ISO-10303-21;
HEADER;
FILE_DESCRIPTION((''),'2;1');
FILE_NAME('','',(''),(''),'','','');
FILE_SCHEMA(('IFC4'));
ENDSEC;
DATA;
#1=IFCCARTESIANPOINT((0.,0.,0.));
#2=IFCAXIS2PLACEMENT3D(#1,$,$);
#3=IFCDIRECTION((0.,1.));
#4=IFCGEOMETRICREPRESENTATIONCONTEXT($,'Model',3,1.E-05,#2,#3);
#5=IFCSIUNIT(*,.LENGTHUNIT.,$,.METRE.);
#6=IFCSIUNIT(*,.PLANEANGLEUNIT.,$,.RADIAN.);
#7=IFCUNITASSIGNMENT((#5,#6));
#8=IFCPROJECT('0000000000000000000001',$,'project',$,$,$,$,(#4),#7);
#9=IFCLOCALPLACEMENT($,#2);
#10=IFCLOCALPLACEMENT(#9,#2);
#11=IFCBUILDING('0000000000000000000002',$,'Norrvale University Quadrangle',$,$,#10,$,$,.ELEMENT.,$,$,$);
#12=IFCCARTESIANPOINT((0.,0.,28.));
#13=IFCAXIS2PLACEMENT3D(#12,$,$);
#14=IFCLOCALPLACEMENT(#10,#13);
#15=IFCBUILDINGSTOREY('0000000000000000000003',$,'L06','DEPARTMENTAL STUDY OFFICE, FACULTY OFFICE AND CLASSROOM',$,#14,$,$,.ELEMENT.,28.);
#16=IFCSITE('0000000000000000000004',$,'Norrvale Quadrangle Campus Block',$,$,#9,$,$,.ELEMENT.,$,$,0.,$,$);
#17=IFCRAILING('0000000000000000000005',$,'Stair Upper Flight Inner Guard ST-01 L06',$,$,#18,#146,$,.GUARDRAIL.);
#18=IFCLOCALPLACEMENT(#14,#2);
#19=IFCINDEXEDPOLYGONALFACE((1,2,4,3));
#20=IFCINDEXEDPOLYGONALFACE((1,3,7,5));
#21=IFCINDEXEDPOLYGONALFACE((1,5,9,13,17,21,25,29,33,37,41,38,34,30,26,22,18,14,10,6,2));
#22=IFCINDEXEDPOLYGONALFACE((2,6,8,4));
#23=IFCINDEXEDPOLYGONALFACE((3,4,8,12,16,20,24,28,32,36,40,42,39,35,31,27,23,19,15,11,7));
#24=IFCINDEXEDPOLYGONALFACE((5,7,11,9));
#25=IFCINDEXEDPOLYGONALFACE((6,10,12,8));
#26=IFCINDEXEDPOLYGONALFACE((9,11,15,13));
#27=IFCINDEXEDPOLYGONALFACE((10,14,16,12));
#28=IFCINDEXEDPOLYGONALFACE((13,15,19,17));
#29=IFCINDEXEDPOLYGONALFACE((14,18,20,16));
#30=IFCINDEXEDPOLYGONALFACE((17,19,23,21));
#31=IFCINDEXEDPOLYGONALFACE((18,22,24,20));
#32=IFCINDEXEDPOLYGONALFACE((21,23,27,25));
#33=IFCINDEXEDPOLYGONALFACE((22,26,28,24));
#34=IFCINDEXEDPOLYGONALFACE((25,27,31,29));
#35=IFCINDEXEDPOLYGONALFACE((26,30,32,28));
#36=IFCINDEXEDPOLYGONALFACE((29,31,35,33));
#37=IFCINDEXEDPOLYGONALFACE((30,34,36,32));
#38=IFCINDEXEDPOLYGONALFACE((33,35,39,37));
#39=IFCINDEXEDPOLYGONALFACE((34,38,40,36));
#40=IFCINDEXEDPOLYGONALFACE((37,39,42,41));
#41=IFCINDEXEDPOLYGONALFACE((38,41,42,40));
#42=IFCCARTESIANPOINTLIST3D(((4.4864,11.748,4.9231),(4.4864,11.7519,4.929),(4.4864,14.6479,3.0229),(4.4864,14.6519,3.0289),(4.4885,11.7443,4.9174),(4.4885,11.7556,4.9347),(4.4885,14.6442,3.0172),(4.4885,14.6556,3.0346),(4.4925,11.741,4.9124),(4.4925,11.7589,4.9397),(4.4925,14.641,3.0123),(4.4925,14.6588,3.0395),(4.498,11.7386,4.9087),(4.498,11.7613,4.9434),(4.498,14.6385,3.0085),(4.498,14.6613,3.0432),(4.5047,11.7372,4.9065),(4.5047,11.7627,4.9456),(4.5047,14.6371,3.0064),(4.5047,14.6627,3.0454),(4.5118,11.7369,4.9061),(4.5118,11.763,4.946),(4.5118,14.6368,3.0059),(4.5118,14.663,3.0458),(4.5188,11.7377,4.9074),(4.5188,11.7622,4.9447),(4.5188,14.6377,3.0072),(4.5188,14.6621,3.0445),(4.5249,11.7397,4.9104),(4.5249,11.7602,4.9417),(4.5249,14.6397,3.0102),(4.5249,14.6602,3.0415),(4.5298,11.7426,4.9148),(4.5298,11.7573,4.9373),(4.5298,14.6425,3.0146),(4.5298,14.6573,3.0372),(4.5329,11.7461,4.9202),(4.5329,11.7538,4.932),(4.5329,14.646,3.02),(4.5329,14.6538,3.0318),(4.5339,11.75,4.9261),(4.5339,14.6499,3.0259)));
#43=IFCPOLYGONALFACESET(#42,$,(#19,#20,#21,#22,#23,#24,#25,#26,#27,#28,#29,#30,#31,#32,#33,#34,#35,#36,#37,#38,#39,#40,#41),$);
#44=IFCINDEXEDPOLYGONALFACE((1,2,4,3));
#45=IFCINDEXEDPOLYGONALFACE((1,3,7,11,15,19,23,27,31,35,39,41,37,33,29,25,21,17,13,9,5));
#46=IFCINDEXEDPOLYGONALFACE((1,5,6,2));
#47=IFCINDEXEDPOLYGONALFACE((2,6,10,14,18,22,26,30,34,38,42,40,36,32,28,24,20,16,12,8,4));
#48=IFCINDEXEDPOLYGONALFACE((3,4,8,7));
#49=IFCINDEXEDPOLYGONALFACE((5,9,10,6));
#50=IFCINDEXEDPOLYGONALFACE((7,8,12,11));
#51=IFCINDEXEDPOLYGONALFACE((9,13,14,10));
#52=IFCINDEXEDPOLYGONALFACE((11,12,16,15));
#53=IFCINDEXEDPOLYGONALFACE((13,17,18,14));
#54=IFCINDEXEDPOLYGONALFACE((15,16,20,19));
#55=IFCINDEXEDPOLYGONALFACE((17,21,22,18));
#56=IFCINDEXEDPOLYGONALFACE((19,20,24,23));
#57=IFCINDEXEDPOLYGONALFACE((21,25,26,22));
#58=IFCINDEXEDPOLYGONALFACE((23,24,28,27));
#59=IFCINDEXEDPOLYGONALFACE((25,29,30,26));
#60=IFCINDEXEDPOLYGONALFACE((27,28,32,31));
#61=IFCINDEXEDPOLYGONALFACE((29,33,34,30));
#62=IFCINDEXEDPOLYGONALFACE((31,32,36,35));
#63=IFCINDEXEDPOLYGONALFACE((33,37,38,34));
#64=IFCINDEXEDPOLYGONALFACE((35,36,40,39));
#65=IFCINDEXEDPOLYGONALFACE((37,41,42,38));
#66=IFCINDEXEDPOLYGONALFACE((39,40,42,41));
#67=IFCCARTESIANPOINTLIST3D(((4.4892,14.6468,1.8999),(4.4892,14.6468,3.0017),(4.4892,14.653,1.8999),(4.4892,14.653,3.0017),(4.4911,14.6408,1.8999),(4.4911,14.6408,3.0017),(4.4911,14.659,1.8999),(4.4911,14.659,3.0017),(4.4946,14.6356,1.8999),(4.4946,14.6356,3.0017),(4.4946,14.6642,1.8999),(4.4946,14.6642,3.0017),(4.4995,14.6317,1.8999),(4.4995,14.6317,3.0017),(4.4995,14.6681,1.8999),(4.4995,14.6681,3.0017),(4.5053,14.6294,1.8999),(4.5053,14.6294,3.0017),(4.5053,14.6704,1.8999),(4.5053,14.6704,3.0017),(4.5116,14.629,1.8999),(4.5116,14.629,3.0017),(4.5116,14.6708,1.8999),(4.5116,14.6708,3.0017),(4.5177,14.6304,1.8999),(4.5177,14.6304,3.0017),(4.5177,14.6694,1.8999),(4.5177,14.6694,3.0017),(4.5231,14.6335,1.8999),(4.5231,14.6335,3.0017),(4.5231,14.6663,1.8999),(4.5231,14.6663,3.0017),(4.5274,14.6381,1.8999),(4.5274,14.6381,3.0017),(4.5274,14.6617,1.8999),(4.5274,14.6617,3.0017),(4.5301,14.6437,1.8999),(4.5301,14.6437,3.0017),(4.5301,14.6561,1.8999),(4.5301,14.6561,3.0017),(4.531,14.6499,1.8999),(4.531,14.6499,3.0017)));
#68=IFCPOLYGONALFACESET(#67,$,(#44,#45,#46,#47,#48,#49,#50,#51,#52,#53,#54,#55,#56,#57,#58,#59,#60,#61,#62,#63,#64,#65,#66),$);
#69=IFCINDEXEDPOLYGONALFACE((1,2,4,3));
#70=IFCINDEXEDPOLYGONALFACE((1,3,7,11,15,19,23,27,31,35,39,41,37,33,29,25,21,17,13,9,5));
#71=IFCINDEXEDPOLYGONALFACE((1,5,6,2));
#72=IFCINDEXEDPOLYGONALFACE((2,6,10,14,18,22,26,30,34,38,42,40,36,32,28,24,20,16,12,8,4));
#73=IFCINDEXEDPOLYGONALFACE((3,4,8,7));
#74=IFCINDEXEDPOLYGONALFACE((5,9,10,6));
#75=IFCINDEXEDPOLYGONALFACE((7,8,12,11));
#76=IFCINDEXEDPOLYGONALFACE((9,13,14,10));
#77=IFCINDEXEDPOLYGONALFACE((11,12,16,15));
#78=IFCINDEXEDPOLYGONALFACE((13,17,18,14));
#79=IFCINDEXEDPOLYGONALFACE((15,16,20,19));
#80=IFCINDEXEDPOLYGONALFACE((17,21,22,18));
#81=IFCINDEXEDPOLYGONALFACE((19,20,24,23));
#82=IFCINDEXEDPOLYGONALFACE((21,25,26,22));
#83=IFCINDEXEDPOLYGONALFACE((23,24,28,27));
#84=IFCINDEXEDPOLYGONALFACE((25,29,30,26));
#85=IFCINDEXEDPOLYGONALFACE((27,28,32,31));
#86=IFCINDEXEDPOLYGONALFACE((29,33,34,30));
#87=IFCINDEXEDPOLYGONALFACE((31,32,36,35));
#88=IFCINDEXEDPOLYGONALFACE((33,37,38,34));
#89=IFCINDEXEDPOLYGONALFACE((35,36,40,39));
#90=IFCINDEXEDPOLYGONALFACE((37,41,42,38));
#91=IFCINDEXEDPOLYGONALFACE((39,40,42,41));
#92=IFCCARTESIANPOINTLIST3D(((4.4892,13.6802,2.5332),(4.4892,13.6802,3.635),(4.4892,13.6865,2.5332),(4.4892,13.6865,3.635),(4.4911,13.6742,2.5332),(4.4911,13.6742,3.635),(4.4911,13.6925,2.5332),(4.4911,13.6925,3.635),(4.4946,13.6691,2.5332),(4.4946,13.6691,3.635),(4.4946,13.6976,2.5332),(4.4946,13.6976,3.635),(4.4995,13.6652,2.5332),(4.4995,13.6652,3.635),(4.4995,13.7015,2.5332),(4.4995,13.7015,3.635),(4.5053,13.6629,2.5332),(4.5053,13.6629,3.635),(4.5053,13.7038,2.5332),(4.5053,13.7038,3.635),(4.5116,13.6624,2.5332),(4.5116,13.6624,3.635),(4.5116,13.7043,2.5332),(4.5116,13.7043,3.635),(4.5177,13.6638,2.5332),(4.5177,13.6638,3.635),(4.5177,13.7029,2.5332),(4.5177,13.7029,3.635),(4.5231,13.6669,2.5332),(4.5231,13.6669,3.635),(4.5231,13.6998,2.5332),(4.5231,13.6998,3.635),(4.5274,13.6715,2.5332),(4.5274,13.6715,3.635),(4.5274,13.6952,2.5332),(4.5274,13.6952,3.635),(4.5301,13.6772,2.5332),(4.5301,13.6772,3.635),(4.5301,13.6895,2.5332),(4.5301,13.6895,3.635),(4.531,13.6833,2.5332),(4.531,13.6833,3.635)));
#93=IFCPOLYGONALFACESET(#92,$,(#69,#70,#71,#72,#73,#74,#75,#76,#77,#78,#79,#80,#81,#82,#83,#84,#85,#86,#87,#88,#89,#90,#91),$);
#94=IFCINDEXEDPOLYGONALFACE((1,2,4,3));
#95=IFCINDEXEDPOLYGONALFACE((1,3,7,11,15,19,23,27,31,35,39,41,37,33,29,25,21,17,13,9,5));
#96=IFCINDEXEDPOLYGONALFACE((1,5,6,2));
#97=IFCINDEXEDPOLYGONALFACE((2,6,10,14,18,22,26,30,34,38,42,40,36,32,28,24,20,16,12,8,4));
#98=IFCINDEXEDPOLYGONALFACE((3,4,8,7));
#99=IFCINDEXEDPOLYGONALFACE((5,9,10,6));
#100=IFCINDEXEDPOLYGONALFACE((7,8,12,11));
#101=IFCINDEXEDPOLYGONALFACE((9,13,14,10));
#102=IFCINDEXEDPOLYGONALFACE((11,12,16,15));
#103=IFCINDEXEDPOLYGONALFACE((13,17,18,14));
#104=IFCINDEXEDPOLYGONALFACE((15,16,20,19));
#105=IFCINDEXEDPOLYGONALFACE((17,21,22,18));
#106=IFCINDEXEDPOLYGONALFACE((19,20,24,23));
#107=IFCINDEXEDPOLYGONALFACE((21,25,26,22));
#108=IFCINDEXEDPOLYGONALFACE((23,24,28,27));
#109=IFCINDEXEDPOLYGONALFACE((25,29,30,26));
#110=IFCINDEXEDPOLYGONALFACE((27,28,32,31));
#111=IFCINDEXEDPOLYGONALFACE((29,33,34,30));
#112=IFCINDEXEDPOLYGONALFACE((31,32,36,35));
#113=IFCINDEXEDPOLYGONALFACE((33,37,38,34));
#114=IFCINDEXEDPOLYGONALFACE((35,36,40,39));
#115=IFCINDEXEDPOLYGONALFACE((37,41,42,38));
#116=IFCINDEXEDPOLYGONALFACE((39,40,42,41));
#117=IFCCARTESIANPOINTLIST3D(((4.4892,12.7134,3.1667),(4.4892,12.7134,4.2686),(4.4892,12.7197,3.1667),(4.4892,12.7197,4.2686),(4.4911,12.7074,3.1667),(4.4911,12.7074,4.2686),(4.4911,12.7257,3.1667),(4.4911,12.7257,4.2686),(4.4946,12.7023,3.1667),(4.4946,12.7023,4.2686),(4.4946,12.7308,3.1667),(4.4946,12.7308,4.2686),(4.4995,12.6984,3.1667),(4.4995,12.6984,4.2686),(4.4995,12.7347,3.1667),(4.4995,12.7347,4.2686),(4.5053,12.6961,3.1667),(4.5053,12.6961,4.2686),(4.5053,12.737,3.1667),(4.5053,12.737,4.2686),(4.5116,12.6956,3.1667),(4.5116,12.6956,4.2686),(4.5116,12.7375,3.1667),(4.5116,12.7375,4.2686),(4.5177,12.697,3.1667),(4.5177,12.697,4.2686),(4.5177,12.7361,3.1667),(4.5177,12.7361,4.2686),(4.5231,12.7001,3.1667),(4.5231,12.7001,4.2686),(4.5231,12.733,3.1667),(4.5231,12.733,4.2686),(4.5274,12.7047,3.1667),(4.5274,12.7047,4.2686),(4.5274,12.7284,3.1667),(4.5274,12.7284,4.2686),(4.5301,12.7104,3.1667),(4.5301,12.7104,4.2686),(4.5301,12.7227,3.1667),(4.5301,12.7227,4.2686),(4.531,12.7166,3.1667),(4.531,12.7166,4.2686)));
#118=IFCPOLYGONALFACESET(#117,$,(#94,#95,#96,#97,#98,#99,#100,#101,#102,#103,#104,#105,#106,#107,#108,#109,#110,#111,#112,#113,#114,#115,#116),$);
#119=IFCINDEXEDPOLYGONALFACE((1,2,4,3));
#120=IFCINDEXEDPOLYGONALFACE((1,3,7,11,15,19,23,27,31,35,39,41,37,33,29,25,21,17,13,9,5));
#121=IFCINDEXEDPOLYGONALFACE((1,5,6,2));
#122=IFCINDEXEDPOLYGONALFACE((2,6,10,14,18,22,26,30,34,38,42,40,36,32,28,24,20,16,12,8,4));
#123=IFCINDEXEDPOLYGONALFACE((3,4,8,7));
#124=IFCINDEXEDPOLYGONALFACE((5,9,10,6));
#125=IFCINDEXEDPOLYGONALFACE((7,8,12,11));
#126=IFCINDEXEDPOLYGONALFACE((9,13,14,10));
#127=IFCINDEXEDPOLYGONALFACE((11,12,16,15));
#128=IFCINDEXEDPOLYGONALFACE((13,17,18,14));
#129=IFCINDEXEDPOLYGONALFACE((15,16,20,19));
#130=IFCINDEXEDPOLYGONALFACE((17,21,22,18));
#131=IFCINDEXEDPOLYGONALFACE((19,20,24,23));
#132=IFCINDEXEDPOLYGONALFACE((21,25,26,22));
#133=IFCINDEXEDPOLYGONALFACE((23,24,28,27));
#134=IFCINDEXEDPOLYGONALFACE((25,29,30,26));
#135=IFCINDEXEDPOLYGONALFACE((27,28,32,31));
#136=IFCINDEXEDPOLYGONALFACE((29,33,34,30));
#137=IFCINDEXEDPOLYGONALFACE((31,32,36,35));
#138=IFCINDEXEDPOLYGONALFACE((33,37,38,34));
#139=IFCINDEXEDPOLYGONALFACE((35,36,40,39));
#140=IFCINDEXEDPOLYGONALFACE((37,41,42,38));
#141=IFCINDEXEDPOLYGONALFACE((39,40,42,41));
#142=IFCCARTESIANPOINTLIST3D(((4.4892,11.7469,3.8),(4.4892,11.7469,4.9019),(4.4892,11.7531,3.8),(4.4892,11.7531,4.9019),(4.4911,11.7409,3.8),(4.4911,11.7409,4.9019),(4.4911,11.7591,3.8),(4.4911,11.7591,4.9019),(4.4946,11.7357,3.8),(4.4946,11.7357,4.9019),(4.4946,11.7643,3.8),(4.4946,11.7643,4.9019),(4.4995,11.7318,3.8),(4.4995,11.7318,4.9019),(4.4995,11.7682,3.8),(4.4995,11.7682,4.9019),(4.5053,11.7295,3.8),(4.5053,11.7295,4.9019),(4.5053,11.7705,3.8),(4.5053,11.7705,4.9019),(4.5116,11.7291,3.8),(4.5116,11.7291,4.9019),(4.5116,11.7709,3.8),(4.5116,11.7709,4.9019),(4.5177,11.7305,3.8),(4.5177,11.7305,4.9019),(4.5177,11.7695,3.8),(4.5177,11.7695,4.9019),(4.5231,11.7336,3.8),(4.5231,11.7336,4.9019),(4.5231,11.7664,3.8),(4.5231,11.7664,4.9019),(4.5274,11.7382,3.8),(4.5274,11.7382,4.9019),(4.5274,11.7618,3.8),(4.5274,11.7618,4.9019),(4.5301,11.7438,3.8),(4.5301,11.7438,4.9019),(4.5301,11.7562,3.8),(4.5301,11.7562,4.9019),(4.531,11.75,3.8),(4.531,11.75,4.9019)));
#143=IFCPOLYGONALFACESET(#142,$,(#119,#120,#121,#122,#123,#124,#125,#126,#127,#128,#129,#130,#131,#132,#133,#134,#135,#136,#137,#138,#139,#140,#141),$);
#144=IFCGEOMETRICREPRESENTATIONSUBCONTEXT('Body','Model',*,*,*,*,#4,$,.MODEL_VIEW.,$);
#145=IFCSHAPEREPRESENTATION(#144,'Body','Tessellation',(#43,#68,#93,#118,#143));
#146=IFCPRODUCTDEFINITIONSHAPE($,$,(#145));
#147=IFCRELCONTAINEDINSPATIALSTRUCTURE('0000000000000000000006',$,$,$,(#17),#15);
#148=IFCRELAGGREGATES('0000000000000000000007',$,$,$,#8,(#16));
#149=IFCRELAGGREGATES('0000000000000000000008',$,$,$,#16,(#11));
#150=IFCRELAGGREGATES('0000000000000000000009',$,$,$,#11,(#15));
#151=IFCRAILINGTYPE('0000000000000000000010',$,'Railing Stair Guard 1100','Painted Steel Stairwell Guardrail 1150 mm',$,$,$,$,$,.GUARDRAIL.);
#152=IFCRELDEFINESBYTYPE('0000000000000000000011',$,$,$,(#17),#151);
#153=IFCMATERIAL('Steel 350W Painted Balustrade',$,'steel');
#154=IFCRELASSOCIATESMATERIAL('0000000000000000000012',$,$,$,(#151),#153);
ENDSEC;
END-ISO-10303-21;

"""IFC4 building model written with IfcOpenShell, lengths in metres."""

from ifc_helpers import new_model, si_unit, direction, frame, origin, origin_2d, place, context, subcontext, project, spatial, circle, extrude, material, type_object, element, save


model = new_model("IFC4")

# Units and contexts
model_context = context("Model", 3, precision=1e-05, world=origin(), true_north=direction((0.0, 1.0)))
body_context = subcontext(model_context, "Body", "Model", "MODEL_VIEW")
ifc_project = project(units=[si_unit("LENGTHUNIT", "METRE"), si_unit("PLANEANGLEUNIT", "RADIAN")], contexts=[model_context])

# Site, building, storey
site_placement = place(None, origin())
site = spatial("IfcSite", under=ifc_project, at=site_placement, Name="Norrvale Quadrangle Campus Block", CompositionType="ELEMENT", RefElevation=0.0)
building_placement = place(site_placement, origin())
building = spatial("IfcBuilding", under=site, at=building_placement, Name="Norrvale University Quadrangle", CompositionType="ELEMENT")
storey_placement = place(building_placement, frame((0.0, 0.0, 28.0)))
storey = spatial("IfcBuildingStorey", under=building, at=storey_placement, Name="L06", Description="DEPARTMENTAL STUDY OFFICE, FACULTY OFFICE AND CLASSROOM", CompositionType="ELEMENT", Elevation=28.0)

# Railing
ifc_material_1 = material(Name="Steel 350W Painted Balustrade", Category="steel")
railing_type_1 = type_object("IfcRailingType", Name="Railing Stair Guard 1100", Description="Painted Steel Stairwell Guardrail 1150 mm", PredefinedType="GUARDRAIL", material=ifc_material_1)
railing_1_placement = place(storey_placement, frame((4.51, 14.6499, 1.8999)))
element("IfcRailing", 1, at=railing_1_placement, inside=storey, type_object=railing_type_1, Name="Stair Upper Flight Inner Guard ST-01 L06", PredefinedType="GUARDRAIL", context=body_context, shape_type="SweptSolid", body=[
    extrude(circle(Radius=0.0239, at=origin_2d()), frame((0.0, 0.0, 1.126), z_axis=(0.0, -0.836433, 0.548069), x_axis=(1.0, 0.0, 0.0)), (0.0, 0.0, 1.0), 3.467),
    extrude(circle(Radius=0.021, at=origin_2d()), origin(), (0.0, 0.0, 1.0), 1.1018),
    extrude(circle(Radius=0.021, at=origin_2d()), frame((0.0, -0.9666, 0.6333)), (0.0, 0.0, 1.0), 1.1018),
    extrude(circle(Radius=0.021, at=origin_2d()), frame((0.0, -1.9333, 1.2668)), (0.0, 0.0, 1.0), 1.1018),
    extrude(circle(Radius=0.021, at=origin_2d()), frame((0.0, -2.8999, 1.9001)), (0.0, 0.0, 1.0), 1.1018),
])

save(model, "model.ifc")
